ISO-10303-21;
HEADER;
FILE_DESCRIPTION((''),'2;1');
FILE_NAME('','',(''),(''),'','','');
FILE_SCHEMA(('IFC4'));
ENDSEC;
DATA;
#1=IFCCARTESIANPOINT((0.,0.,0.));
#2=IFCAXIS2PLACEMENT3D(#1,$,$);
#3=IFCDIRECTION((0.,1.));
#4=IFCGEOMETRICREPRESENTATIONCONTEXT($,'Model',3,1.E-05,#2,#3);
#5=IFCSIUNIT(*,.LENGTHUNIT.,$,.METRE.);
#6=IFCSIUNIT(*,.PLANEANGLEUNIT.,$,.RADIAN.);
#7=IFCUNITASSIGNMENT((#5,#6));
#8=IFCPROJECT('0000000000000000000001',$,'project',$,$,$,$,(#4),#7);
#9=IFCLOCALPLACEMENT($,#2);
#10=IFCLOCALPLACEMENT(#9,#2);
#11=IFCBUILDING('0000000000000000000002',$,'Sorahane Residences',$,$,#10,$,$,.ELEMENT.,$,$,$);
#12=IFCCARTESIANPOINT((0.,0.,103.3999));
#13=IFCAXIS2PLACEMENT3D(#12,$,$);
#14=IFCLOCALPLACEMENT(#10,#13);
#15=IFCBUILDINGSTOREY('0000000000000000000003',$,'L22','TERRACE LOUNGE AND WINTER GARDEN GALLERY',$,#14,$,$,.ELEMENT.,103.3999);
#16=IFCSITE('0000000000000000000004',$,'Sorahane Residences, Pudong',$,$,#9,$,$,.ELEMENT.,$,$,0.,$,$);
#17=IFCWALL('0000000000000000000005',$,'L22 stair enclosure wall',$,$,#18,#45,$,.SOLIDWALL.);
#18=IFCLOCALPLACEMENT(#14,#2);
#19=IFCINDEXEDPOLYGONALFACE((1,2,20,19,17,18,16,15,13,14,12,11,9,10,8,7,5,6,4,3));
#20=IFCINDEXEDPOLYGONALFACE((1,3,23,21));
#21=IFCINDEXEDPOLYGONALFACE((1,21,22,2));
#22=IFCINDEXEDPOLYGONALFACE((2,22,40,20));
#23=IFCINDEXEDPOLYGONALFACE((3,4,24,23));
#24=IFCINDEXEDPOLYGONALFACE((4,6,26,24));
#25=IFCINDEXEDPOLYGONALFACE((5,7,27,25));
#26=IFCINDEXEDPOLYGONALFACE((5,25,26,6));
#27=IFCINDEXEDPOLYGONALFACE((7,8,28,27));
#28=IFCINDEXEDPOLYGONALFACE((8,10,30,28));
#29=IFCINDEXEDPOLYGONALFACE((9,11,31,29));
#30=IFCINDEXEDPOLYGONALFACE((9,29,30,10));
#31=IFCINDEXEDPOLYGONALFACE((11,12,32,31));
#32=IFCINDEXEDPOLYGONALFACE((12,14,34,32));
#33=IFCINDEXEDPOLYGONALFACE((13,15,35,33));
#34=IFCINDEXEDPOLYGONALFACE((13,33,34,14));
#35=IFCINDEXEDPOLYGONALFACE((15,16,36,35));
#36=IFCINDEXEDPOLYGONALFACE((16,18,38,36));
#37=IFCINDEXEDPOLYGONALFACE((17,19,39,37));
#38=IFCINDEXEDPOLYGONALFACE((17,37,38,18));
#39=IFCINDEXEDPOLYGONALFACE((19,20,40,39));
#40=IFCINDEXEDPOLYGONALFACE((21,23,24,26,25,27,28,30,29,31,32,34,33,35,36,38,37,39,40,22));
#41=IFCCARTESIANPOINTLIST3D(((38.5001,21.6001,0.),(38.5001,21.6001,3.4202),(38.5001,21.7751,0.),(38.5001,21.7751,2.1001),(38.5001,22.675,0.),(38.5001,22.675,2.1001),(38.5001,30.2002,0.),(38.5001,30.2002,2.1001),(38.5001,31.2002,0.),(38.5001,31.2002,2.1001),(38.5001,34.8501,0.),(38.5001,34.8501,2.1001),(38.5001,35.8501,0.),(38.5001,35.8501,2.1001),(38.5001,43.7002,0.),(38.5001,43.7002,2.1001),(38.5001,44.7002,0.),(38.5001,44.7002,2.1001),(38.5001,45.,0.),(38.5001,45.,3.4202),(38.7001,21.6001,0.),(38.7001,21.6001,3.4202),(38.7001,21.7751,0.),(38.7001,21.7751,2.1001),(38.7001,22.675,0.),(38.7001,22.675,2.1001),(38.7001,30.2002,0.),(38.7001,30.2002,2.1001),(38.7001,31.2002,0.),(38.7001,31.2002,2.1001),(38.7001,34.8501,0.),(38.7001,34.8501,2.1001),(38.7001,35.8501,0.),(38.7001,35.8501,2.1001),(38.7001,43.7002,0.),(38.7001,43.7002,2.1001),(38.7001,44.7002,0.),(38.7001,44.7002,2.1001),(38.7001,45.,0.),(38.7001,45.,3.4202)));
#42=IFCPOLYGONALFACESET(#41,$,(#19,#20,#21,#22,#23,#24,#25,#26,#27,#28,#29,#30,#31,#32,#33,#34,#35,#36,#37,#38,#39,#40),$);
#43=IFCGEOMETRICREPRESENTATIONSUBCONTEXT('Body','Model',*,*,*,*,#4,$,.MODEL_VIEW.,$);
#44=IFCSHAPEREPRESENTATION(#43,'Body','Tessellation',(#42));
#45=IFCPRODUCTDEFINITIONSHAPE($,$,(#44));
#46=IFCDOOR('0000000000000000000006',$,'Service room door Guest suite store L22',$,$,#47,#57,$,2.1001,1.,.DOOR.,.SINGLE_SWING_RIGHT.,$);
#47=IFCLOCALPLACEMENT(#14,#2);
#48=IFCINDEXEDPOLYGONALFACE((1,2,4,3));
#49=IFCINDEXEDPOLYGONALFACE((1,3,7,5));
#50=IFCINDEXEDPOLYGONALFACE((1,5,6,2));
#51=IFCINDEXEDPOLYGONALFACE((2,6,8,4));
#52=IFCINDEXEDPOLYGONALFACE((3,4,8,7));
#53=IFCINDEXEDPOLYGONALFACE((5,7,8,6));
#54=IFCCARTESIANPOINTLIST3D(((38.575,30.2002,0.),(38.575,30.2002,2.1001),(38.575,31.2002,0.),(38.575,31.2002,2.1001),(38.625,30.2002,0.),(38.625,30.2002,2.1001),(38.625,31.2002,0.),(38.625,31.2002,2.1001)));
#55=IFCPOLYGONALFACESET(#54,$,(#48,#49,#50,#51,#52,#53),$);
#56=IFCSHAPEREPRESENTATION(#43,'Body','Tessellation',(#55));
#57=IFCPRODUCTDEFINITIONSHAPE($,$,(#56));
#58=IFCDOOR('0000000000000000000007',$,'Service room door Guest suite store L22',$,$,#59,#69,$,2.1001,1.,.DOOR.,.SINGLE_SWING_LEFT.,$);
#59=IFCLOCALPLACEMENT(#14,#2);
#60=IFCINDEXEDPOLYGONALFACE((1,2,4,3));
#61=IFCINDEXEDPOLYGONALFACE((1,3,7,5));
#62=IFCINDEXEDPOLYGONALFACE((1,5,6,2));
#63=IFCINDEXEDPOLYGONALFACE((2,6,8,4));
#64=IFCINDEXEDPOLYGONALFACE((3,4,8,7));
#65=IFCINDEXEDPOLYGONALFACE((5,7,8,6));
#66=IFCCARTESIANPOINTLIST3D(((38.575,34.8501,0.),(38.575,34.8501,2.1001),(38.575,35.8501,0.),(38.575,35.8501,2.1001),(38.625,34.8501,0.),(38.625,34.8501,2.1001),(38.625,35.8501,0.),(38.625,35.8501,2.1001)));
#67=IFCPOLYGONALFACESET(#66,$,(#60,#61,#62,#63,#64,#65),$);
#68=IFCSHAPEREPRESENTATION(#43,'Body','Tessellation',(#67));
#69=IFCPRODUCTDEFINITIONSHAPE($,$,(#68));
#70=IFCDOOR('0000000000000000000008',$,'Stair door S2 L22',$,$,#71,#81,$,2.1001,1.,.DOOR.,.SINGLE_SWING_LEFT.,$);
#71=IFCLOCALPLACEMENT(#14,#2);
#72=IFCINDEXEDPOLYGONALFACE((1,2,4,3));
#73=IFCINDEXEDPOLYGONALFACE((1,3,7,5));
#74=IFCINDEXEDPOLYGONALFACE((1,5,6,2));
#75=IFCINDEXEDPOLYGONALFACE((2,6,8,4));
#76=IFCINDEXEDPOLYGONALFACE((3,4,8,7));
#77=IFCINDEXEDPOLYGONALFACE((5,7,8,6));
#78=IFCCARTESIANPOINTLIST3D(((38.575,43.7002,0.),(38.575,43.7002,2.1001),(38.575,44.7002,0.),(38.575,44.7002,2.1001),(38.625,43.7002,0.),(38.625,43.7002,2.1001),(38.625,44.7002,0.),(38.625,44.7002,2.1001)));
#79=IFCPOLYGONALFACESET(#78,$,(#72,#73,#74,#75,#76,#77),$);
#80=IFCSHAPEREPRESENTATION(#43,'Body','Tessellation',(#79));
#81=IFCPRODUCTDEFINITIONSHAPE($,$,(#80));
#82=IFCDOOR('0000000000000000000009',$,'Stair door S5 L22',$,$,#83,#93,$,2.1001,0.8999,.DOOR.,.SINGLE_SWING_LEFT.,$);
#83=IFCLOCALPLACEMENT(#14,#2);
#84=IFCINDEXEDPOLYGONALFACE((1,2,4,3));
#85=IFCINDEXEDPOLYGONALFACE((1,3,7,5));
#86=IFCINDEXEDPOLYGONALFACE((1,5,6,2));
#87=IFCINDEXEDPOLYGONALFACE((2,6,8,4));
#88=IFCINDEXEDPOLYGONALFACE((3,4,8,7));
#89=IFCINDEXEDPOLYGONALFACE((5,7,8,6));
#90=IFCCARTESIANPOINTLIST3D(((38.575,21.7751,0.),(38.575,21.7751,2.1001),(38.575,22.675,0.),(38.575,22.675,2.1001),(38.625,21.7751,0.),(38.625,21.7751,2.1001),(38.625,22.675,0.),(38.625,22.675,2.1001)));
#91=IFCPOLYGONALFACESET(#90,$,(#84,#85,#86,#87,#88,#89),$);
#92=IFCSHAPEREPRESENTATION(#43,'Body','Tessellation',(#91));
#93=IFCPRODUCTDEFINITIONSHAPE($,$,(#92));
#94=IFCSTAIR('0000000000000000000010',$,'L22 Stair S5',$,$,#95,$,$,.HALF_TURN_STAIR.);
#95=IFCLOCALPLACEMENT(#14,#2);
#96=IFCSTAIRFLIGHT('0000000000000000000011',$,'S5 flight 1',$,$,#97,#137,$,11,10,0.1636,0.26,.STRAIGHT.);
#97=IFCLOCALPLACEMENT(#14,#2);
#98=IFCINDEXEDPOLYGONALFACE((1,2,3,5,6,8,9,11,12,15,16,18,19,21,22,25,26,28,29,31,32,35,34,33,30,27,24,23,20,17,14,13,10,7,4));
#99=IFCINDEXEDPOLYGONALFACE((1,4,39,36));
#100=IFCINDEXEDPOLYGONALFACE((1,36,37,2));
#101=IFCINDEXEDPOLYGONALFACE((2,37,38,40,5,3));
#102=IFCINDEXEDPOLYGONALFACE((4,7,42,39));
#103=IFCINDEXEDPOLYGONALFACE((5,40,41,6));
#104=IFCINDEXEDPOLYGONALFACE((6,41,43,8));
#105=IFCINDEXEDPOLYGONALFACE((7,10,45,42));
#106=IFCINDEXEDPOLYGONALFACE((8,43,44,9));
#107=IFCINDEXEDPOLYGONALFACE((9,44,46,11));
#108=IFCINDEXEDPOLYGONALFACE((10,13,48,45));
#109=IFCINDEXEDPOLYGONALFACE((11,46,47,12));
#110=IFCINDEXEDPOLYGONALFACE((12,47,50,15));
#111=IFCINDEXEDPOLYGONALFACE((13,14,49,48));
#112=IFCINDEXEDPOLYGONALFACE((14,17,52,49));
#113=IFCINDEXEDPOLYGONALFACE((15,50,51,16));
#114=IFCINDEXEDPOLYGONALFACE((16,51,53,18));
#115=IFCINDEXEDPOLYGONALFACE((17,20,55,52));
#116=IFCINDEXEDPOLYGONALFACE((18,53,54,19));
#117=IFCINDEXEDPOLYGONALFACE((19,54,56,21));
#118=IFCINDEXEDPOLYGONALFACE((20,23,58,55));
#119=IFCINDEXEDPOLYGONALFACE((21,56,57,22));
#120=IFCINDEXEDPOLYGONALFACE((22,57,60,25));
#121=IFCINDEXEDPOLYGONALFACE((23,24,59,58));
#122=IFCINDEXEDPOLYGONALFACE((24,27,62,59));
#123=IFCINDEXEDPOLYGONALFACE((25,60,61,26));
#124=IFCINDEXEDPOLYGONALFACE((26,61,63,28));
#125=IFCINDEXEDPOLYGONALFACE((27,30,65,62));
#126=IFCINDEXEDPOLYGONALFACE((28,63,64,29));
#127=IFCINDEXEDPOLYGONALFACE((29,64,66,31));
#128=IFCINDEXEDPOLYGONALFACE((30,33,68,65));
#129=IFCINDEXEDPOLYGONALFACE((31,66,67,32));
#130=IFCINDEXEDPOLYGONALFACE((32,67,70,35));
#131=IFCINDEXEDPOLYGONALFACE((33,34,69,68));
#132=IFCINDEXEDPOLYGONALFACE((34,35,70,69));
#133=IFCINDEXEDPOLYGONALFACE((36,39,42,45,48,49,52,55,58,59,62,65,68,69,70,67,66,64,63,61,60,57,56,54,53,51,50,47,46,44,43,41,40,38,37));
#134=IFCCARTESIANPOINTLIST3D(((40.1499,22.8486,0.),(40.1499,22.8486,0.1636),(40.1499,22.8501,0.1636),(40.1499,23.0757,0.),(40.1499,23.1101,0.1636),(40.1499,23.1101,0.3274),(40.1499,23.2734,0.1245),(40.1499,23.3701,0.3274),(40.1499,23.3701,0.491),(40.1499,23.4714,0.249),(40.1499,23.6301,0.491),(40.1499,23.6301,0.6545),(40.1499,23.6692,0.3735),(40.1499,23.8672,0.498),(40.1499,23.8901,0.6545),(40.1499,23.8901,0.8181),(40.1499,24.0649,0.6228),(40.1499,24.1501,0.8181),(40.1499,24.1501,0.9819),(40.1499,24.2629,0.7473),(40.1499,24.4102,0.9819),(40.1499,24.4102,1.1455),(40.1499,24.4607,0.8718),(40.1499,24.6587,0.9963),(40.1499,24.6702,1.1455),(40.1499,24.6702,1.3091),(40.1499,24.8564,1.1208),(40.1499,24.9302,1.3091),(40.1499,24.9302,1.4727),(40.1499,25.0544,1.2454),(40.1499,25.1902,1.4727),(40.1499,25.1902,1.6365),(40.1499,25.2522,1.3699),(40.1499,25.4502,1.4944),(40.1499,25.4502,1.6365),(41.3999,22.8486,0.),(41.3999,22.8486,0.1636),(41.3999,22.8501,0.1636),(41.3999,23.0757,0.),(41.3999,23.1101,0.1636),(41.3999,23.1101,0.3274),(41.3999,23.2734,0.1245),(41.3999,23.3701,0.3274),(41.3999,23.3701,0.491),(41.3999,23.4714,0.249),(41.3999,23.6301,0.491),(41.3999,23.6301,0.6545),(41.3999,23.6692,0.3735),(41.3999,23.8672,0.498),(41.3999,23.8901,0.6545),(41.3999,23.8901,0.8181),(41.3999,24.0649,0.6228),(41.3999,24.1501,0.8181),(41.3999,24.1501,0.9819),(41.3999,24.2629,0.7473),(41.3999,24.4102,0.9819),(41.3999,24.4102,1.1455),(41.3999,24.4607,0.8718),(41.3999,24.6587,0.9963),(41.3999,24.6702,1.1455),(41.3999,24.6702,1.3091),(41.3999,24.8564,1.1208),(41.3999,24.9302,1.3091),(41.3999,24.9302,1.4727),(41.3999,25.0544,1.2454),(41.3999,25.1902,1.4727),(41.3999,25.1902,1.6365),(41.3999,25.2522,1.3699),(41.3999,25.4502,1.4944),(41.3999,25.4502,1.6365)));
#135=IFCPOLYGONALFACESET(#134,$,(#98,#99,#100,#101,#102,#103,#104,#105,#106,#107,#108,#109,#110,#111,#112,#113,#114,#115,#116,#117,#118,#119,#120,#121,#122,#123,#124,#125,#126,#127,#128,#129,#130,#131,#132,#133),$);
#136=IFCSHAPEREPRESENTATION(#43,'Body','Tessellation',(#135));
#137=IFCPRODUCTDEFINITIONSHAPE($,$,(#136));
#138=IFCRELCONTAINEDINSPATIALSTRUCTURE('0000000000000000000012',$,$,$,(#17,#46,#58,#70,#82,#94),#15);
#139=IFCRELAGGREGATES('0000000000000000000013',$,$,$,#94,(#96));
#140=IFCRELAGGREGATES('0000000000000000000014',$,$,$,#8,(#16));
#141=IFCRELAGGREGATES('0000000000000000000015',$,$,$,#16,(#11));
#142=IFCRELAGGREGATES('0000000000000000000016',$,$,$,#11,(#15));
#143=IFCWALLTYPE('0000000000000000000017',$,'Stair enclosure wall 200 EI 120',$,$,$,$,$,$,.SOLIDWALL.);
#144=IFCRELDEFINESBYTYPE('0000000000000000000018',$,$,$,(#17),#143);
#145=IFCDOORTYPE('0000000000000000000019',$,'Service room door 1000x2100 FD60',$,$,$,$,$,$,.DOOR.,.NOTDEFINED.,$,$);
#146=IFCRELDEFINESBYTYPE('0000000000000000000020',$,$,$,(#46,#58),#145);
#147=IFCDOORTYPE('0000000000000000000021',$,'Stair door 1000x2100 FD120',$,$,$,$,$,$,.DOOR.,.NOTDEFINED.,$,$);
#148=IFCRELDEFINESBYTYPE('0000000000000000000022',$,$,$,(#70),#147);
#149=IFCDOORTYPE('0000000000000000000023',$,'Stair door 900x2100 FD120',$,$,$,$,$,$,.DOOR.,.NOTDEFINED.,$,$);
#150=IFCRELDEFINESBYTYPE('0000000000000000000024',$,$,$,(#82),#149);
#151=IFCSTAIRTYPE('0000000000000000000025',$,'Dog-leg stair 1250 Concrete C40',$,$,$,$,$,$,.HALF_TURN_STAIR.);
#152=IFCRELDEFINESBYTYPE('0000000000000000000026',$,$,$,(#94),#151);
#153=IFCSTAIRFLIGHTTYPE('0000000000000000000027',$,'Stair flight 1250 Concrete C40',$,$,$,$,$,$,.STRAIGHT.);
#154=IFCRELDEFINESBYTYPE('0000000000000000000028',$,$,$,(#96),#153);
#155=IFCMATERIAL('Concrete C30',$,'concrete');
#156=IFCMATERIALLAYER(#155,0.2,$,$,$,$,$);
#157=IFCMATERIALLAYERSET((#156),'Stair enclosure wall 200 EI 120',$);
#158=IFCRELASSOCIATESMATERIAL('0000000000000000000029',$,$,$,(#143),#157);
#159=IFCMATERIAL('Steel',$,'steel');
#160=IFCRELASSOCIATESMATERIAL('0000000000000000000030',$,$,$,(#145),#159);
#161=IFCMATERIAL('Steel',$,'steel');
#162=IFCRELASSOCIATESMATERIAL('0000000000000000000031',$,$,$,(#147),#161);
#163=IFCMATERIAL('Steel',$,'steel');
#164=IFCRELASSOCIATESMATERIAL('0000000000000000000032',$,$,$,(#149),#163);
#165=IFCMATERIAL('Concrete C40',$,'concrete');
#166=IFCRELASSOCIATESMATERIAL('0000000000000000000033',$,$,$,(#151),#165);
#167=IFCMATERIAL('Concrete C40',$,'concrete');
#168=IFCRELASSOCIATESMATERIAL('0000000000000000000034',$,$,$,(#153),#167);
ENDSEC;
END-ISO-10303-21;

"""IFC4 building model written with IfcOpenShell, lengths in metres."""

from ifc_helpers import new_model, si_unit, direction, frame, frame_2d, origin, place, context, subcontext, project, spatial, polyline, rectangle, outline, extrude, material, layer, layer_set, type_object, element, fill, aggregate, save


model = new_model("IFC4")

# Units and contexts
model_context = context("Model", 3, precision=1e-05, world=origin(), true_north=direction((0.0, 1.0)))
body_context = subcontext(model_context, "Body", "Model", "MODEL_VIEW")
ifc_project = project(units=[si_unit("LENGTHUNIT", "METRE"), si_unit("PLANEANGLEUNIT", "RADIAN")], contexts=[model_context])

# Site, building, storey
site_placement = place(None, origin())
site = spatial("IfcSite", under=ifc_project, at=site_placement, Name="Sorahane Residences, Pudong", CompositionType="ELEMENT", RefElevation=0.0)
building_placement = place(site_placement, origin())
building = spatial("IfcBuilding", under=site, at=building_placement, Name="Sorahane Residences", CompositionType="ELEMENT")
storey_placement = place(building_placement, frame((0.0, 0.0, 103.3999)))
storey = spatial("IfcBuildingStorey", under=building, at=storey_placement, Name="L22", Description="TERRACE LOUNGE AND WINTER GARDEN GALLERY", CompositionType="ELEMENT", Elevation=103.3999)

# Wall, openings, doors
ifc_material_1 = material(Name="Concrete C30", Category="concrete")
ifc_layer_1 = layer(ifc_material_1, 0.2)
ifc_layer_set_1 = layer_set([ifc_layer_1], Name="Stair enclosure wall 200 EI 120")
wall_type_1 = type_object("IfcWallType", Name="Stair enclosure wall 200 EI 120", PredefinedType="SOLIDWALL", material=ifc_layer_set_1)
wall_1_placement = place(storey_placement, frame((38.6001, 21.6001, 0.0), z_axis=(0.0, 0.0, 1.0), x_axis=(0.0, 1.0, 0.0)))
wall_1 = element("IfcWall", 1, at=wall_1_placement, inside=storey, type_object=wall_type_1, Name="L22 stair enclosure wall", PredefinedType="SOLIDWALL", context=body_context, shape_type="SweptSolid", body=[
    extrude(rectangle(XDim=23.3999, YDim=0.2, at=frame_2d((11.7, 0.0))), origin(), (0.0, 0.0, 1.0), 3.4202),
])
opening_1_placement = place(wall_1_placement, frame((8.6001, 0.0, 0.0)))
opening_1 = element("IfcOpeningElement", 2, at=opening_1_placement, cuts=wall_1, PredefinedType="OPENING", context=body_context, shape_type="SweptSolid", body=[
    extrude(rectangle(XDim=1.0, YDim=2.1001, at=frame_2d((0.5, 1.05))), frame((0.0, 0.1099, 0.0), z_axis=(0.0, -1.0, 0.0), x_axis=(1.0, 0.0, 0.0)), (0.0, 0.0, 1.0), 0.22),
])
opening_2_placement = place(wall_1_placement, frame((13.25, 0.0, 0.0)))
opening_2 = element("IfcOpeningElement", 3, at=opening_2_placement, cuts=wall_1, PredefinedType="OPENING", context=body_context, shape_type="SweptSolid", body=[
    extrude(rectangle(XDim=1.0, YDim=2.1001, at=frame_2d((0.5, 1.05))), frame((0.0, 0.1099, 0.0), z_axis=(0.0, -1.0, 0.0), x_axis=(1.0, 0.0, 0.0)), (0.0, 0.0, 1.0), 0.22),
])
opening_3_placement = place(wall_1_placement, frame((22.1001, 0.0, 0.0)))
opening_3 = element("IfcOpeningElement", 4, at=opening_3_placement, cuts=wall_1, PredefinedType="OPENING", context=body_context, shape_type="SweptSolid", body=[
    extrude(rectangle(XDim=1.0, YDim=2.1001, at=frame_2d((0.5, 1.05))), frame((0.0, 0.1099, 0.0), z_axis=(0.0, -1.0, 0.0), x_axis=(1.0, 0.0, 0.0)), (0.0, 0.0, 1.0), 0.22),
])
opening_4_placement = place(wall_1_placement, frame((0.175, 0.0, 0.0)))
opening_4 = element("IfcOpeningElement", 5, at=opening_4_placement, cuts=wall_1, PredefinedType="OPENING", context=body_context, shape_type="SweptSolid", body=[
    extrude(rectangle(XDim=0.8999, YDim=2.1001, at=frame_2d((0.45, 1.05))), frame((0.0, 0.1099, 0.0), z_axis=(0.0, -1.0, 0.0), x_axis=(1.0, 0.0, 0.0)), (0.0, 0.0, 1.0), 0.22),
])
ifc_material_2 = material(Name="Steel", Category="steel")
door_type_1 = type_object("IfcDoorType", Name="Service room door 1000x2100 FD60", OperationType="NOTDEFINED", PredefinedType="DOOR", material=ifc_material_2)
door_1_placement = place(opening_1_placement, frame((1.0, 0.0, 0.0), z_axis=(0.0, 0.0, 1.0), x_axis=(-1.0, 0.0, 0.0)))
door_1 = element("IfcDoor", 6, at=door_1_placement, inside=storey, type_object=door_type_1, Name="Service room door Guest suite store L22", OperationType="SINGLE_SWING_RIGHT", OverallHeight=2.1001, OverallWidth=1.0, PredefinedType="DOOR", context=body_context, shape_type="SweptSolid", body=[
    extrude(rectangle(XDim=1.0, YDim=2.1001, at=frame_2d((0.5, 1.05))), frame((0.0, 0.0249, 0.0), z_axis=(0.0, -1.0, 0.0), x_axis=(1.0, 0.0, 0.0)), (0.0, 0.0, 1.0), 0.05),
])
fill(opening_1, door_1)
door_2_placement = place(opening_2_placement, frame((1.0, 0.0, 0.0), z_axis=(0.0, 0.0, 1.0), x_axis=(-1.0, 0.0, 0.0)))
door_2 = element("IfcDoor", 7, at=door_2_placement, inside=storey, type_object=door_type_1, Name="Service room door Guest suite store L22", OperationType="SINGLE_SWING_LEFT", OverallHeight=2.1001, OverallWidth=1.0, PredefinedType="DOOR", context=body_context, shape_type="SweptSolid", body=[
    extrude(rectangle(XDim=1.0, YDim=2.1001, at=frame_2d((0.5, 1.05))), frame((0.0, 0.0249, 0.0), z_axis=(0.0, -1.0, 0.0), x_axis=(1.0, 0.0, 0.0)), (0.0, 0.0, 1.0), 0.05),
])
fill(opening_2, door_2)
ifc_material_3 = material(Name="Steel", Category="steel")
door_type_2 = type_object("IfcDoorType", Name="Stair door 1000x2100 FD120", OperationType="NOTDEFINED", PredefinedType="DOOR", material=ifc_material_3)
door_3_placement = place(opening_3_placement, frame((1.0, 0.0, 0.0), z_axis=(0.0, 0.0, 1.0), x_axis=(-1.0, 0.0, 0.0)))
door_3 = element("IfcDoor", 8, at=door_3_placement, inside=storey, type_object=door_type_2, Name="Stair door S2 L22", OperationType="SINGLE_SWING_LEFT", OverallHeight=2.1001, OverallWidth=1.0, PredefinedType="DOOR", context=body_context, shape_type="SweptSolid", body=[
    extrude(rectangle(XDim=1.0, YDim=2.1001, at=frame_2d((0.5, 1.05))), frame((0.0, 0.0249, 0.0), z_axis=(0.0, -1.0, 0.0), x_axis=(1.0, 0.0, 0.0)), (0.0, 0.0, 1.0), 0.05),
])
fill(opening_3, door_3)
ifc_material_4 = material(Name="Steel", Category="steel")
door_type_3 = type_object("IfcDoorType", Name="Stair door 900x2100 FD120", OperationType="NOTDEFINED", PredefinedType="DOOR", material=ifc_material_4)
door_4_placement = place(opening_4_placement, frame((0.8999, 0.0, 0.0), z_axis=(0.0, 0.0, 1.0), x_axis=(-1.0, 0.0, 0.0)))
door_4 = element("IfcDoor", 9, at=door_4_placement, inside=storey, type_object=door_type_3, Name="Stair door S5 L22", OperationType="SINGLE_SWING_LEFT", OverallHeight=2.1001, OverallWidth=0.8999, PredefinedType="DOOR", context=body_context, shape_type="SweptSolid", body=[
    extrude(rectangle(XDim=0.8999, YDim=2.1001, at=frame_2d((0.45, 1.05))), frame((0.0, 0.0249, 0.0), z_axis=(0.0, -1.0, 0.0), x_axis=(1.0, 0.0, 0.0)), (0.0, 0.0, 1.0), 0.05),
])
fill(opening_4, door_4)

# Stair, stair flight
ifc_material_5 = material(Name="Concrete C40", Category="concrete")
stair_type = type_object("IfcStairType", Name="Dog-leg stair 1250 Concrete C40", PredefinedType="HALF_TURN_STAIR", material=ifc_material_5)
stair_placement = place(storey_placement, origin())
stair = element("IfcStair", 10, at=stair_placement, inside=storey, type_object=stair_type, Name="L22 Stair S5", PredefinedType="HALF_TURN_STAIR")
ifc_material_6 = material(Name="Concrete C40", Category="concrete")
stair_flight_type = type_object("IfcStairFlightType", Name="Stair flight 1250 Concrete C40", PredefinedType="STRAIGHT", material=ifc_material_6)
stair_flight_1_placement = place(storey_placement, frame((40.7749, 22.8501, 0.0), z_axis=(0.0, 0.0, 1.0), x_axis=(0.0, 1.0, 0.0)))
stair_flight_1 = element("IfcStairFlight", 11, at=stair_flight_1_placement, type_object=stair_flight_type, Name="S5 flight 1", NumberOfRisers=11, NumberOfTreads=10, PredefinedType="STRAIGHT", RiserHeight=0.1636, TreadLength=0.26, context=body_context, shape_type="SweptSolid", body=[
    extrude(outline(polyline([(-0.0015, 0.0), (-0.0015, 0.1636), (0.0, 0.1636), (0.26, 0.1636), (0.26, 0.3274), (0.52, 0.3274), (0.52, 0.491), (0.78, 0.491), (0.78, 0.6545), (1.04, 0.6545), (1.04, 0.8181), (1.3, 0.8181), (1.3, 0.9819), (1.5601, 0.9819), (1.5601, 1.1455), (1.8201, 1.1455), (1.8201, 1.3091), (2.0801, 1.3091), (2.0801, 1.4727), (2.3401, 1.4727), (2.3401, 1.6365), (2.6001, 1.6365), (2.6001, 1.8), (2.6001, 1.4944), (2.4021, 1.3699), (2.2043, 1.2454), (2.0063, 1.1208), (1.8086, 0.9963), (1.6106, 0.8718), (1.4128, 0.7473), (1.2148, 0.6228), (1.0171, 0.498), (0.8191, 0.3735), (0.6213, 0.249), (0.4233, 0.1245), (0.2256, 0.0), (-0.0015, 0.0)])), frame((0.0, 0.625, 0.0), z_axis=(0.0, -1.0, 0.0), x_axis=(1.0, 0.0, 0.0)), (0.0, 0.0, 1.0), 1.25),
])
aggregate(stair, [stair_flight_1])

save(model, "model.ifc")
